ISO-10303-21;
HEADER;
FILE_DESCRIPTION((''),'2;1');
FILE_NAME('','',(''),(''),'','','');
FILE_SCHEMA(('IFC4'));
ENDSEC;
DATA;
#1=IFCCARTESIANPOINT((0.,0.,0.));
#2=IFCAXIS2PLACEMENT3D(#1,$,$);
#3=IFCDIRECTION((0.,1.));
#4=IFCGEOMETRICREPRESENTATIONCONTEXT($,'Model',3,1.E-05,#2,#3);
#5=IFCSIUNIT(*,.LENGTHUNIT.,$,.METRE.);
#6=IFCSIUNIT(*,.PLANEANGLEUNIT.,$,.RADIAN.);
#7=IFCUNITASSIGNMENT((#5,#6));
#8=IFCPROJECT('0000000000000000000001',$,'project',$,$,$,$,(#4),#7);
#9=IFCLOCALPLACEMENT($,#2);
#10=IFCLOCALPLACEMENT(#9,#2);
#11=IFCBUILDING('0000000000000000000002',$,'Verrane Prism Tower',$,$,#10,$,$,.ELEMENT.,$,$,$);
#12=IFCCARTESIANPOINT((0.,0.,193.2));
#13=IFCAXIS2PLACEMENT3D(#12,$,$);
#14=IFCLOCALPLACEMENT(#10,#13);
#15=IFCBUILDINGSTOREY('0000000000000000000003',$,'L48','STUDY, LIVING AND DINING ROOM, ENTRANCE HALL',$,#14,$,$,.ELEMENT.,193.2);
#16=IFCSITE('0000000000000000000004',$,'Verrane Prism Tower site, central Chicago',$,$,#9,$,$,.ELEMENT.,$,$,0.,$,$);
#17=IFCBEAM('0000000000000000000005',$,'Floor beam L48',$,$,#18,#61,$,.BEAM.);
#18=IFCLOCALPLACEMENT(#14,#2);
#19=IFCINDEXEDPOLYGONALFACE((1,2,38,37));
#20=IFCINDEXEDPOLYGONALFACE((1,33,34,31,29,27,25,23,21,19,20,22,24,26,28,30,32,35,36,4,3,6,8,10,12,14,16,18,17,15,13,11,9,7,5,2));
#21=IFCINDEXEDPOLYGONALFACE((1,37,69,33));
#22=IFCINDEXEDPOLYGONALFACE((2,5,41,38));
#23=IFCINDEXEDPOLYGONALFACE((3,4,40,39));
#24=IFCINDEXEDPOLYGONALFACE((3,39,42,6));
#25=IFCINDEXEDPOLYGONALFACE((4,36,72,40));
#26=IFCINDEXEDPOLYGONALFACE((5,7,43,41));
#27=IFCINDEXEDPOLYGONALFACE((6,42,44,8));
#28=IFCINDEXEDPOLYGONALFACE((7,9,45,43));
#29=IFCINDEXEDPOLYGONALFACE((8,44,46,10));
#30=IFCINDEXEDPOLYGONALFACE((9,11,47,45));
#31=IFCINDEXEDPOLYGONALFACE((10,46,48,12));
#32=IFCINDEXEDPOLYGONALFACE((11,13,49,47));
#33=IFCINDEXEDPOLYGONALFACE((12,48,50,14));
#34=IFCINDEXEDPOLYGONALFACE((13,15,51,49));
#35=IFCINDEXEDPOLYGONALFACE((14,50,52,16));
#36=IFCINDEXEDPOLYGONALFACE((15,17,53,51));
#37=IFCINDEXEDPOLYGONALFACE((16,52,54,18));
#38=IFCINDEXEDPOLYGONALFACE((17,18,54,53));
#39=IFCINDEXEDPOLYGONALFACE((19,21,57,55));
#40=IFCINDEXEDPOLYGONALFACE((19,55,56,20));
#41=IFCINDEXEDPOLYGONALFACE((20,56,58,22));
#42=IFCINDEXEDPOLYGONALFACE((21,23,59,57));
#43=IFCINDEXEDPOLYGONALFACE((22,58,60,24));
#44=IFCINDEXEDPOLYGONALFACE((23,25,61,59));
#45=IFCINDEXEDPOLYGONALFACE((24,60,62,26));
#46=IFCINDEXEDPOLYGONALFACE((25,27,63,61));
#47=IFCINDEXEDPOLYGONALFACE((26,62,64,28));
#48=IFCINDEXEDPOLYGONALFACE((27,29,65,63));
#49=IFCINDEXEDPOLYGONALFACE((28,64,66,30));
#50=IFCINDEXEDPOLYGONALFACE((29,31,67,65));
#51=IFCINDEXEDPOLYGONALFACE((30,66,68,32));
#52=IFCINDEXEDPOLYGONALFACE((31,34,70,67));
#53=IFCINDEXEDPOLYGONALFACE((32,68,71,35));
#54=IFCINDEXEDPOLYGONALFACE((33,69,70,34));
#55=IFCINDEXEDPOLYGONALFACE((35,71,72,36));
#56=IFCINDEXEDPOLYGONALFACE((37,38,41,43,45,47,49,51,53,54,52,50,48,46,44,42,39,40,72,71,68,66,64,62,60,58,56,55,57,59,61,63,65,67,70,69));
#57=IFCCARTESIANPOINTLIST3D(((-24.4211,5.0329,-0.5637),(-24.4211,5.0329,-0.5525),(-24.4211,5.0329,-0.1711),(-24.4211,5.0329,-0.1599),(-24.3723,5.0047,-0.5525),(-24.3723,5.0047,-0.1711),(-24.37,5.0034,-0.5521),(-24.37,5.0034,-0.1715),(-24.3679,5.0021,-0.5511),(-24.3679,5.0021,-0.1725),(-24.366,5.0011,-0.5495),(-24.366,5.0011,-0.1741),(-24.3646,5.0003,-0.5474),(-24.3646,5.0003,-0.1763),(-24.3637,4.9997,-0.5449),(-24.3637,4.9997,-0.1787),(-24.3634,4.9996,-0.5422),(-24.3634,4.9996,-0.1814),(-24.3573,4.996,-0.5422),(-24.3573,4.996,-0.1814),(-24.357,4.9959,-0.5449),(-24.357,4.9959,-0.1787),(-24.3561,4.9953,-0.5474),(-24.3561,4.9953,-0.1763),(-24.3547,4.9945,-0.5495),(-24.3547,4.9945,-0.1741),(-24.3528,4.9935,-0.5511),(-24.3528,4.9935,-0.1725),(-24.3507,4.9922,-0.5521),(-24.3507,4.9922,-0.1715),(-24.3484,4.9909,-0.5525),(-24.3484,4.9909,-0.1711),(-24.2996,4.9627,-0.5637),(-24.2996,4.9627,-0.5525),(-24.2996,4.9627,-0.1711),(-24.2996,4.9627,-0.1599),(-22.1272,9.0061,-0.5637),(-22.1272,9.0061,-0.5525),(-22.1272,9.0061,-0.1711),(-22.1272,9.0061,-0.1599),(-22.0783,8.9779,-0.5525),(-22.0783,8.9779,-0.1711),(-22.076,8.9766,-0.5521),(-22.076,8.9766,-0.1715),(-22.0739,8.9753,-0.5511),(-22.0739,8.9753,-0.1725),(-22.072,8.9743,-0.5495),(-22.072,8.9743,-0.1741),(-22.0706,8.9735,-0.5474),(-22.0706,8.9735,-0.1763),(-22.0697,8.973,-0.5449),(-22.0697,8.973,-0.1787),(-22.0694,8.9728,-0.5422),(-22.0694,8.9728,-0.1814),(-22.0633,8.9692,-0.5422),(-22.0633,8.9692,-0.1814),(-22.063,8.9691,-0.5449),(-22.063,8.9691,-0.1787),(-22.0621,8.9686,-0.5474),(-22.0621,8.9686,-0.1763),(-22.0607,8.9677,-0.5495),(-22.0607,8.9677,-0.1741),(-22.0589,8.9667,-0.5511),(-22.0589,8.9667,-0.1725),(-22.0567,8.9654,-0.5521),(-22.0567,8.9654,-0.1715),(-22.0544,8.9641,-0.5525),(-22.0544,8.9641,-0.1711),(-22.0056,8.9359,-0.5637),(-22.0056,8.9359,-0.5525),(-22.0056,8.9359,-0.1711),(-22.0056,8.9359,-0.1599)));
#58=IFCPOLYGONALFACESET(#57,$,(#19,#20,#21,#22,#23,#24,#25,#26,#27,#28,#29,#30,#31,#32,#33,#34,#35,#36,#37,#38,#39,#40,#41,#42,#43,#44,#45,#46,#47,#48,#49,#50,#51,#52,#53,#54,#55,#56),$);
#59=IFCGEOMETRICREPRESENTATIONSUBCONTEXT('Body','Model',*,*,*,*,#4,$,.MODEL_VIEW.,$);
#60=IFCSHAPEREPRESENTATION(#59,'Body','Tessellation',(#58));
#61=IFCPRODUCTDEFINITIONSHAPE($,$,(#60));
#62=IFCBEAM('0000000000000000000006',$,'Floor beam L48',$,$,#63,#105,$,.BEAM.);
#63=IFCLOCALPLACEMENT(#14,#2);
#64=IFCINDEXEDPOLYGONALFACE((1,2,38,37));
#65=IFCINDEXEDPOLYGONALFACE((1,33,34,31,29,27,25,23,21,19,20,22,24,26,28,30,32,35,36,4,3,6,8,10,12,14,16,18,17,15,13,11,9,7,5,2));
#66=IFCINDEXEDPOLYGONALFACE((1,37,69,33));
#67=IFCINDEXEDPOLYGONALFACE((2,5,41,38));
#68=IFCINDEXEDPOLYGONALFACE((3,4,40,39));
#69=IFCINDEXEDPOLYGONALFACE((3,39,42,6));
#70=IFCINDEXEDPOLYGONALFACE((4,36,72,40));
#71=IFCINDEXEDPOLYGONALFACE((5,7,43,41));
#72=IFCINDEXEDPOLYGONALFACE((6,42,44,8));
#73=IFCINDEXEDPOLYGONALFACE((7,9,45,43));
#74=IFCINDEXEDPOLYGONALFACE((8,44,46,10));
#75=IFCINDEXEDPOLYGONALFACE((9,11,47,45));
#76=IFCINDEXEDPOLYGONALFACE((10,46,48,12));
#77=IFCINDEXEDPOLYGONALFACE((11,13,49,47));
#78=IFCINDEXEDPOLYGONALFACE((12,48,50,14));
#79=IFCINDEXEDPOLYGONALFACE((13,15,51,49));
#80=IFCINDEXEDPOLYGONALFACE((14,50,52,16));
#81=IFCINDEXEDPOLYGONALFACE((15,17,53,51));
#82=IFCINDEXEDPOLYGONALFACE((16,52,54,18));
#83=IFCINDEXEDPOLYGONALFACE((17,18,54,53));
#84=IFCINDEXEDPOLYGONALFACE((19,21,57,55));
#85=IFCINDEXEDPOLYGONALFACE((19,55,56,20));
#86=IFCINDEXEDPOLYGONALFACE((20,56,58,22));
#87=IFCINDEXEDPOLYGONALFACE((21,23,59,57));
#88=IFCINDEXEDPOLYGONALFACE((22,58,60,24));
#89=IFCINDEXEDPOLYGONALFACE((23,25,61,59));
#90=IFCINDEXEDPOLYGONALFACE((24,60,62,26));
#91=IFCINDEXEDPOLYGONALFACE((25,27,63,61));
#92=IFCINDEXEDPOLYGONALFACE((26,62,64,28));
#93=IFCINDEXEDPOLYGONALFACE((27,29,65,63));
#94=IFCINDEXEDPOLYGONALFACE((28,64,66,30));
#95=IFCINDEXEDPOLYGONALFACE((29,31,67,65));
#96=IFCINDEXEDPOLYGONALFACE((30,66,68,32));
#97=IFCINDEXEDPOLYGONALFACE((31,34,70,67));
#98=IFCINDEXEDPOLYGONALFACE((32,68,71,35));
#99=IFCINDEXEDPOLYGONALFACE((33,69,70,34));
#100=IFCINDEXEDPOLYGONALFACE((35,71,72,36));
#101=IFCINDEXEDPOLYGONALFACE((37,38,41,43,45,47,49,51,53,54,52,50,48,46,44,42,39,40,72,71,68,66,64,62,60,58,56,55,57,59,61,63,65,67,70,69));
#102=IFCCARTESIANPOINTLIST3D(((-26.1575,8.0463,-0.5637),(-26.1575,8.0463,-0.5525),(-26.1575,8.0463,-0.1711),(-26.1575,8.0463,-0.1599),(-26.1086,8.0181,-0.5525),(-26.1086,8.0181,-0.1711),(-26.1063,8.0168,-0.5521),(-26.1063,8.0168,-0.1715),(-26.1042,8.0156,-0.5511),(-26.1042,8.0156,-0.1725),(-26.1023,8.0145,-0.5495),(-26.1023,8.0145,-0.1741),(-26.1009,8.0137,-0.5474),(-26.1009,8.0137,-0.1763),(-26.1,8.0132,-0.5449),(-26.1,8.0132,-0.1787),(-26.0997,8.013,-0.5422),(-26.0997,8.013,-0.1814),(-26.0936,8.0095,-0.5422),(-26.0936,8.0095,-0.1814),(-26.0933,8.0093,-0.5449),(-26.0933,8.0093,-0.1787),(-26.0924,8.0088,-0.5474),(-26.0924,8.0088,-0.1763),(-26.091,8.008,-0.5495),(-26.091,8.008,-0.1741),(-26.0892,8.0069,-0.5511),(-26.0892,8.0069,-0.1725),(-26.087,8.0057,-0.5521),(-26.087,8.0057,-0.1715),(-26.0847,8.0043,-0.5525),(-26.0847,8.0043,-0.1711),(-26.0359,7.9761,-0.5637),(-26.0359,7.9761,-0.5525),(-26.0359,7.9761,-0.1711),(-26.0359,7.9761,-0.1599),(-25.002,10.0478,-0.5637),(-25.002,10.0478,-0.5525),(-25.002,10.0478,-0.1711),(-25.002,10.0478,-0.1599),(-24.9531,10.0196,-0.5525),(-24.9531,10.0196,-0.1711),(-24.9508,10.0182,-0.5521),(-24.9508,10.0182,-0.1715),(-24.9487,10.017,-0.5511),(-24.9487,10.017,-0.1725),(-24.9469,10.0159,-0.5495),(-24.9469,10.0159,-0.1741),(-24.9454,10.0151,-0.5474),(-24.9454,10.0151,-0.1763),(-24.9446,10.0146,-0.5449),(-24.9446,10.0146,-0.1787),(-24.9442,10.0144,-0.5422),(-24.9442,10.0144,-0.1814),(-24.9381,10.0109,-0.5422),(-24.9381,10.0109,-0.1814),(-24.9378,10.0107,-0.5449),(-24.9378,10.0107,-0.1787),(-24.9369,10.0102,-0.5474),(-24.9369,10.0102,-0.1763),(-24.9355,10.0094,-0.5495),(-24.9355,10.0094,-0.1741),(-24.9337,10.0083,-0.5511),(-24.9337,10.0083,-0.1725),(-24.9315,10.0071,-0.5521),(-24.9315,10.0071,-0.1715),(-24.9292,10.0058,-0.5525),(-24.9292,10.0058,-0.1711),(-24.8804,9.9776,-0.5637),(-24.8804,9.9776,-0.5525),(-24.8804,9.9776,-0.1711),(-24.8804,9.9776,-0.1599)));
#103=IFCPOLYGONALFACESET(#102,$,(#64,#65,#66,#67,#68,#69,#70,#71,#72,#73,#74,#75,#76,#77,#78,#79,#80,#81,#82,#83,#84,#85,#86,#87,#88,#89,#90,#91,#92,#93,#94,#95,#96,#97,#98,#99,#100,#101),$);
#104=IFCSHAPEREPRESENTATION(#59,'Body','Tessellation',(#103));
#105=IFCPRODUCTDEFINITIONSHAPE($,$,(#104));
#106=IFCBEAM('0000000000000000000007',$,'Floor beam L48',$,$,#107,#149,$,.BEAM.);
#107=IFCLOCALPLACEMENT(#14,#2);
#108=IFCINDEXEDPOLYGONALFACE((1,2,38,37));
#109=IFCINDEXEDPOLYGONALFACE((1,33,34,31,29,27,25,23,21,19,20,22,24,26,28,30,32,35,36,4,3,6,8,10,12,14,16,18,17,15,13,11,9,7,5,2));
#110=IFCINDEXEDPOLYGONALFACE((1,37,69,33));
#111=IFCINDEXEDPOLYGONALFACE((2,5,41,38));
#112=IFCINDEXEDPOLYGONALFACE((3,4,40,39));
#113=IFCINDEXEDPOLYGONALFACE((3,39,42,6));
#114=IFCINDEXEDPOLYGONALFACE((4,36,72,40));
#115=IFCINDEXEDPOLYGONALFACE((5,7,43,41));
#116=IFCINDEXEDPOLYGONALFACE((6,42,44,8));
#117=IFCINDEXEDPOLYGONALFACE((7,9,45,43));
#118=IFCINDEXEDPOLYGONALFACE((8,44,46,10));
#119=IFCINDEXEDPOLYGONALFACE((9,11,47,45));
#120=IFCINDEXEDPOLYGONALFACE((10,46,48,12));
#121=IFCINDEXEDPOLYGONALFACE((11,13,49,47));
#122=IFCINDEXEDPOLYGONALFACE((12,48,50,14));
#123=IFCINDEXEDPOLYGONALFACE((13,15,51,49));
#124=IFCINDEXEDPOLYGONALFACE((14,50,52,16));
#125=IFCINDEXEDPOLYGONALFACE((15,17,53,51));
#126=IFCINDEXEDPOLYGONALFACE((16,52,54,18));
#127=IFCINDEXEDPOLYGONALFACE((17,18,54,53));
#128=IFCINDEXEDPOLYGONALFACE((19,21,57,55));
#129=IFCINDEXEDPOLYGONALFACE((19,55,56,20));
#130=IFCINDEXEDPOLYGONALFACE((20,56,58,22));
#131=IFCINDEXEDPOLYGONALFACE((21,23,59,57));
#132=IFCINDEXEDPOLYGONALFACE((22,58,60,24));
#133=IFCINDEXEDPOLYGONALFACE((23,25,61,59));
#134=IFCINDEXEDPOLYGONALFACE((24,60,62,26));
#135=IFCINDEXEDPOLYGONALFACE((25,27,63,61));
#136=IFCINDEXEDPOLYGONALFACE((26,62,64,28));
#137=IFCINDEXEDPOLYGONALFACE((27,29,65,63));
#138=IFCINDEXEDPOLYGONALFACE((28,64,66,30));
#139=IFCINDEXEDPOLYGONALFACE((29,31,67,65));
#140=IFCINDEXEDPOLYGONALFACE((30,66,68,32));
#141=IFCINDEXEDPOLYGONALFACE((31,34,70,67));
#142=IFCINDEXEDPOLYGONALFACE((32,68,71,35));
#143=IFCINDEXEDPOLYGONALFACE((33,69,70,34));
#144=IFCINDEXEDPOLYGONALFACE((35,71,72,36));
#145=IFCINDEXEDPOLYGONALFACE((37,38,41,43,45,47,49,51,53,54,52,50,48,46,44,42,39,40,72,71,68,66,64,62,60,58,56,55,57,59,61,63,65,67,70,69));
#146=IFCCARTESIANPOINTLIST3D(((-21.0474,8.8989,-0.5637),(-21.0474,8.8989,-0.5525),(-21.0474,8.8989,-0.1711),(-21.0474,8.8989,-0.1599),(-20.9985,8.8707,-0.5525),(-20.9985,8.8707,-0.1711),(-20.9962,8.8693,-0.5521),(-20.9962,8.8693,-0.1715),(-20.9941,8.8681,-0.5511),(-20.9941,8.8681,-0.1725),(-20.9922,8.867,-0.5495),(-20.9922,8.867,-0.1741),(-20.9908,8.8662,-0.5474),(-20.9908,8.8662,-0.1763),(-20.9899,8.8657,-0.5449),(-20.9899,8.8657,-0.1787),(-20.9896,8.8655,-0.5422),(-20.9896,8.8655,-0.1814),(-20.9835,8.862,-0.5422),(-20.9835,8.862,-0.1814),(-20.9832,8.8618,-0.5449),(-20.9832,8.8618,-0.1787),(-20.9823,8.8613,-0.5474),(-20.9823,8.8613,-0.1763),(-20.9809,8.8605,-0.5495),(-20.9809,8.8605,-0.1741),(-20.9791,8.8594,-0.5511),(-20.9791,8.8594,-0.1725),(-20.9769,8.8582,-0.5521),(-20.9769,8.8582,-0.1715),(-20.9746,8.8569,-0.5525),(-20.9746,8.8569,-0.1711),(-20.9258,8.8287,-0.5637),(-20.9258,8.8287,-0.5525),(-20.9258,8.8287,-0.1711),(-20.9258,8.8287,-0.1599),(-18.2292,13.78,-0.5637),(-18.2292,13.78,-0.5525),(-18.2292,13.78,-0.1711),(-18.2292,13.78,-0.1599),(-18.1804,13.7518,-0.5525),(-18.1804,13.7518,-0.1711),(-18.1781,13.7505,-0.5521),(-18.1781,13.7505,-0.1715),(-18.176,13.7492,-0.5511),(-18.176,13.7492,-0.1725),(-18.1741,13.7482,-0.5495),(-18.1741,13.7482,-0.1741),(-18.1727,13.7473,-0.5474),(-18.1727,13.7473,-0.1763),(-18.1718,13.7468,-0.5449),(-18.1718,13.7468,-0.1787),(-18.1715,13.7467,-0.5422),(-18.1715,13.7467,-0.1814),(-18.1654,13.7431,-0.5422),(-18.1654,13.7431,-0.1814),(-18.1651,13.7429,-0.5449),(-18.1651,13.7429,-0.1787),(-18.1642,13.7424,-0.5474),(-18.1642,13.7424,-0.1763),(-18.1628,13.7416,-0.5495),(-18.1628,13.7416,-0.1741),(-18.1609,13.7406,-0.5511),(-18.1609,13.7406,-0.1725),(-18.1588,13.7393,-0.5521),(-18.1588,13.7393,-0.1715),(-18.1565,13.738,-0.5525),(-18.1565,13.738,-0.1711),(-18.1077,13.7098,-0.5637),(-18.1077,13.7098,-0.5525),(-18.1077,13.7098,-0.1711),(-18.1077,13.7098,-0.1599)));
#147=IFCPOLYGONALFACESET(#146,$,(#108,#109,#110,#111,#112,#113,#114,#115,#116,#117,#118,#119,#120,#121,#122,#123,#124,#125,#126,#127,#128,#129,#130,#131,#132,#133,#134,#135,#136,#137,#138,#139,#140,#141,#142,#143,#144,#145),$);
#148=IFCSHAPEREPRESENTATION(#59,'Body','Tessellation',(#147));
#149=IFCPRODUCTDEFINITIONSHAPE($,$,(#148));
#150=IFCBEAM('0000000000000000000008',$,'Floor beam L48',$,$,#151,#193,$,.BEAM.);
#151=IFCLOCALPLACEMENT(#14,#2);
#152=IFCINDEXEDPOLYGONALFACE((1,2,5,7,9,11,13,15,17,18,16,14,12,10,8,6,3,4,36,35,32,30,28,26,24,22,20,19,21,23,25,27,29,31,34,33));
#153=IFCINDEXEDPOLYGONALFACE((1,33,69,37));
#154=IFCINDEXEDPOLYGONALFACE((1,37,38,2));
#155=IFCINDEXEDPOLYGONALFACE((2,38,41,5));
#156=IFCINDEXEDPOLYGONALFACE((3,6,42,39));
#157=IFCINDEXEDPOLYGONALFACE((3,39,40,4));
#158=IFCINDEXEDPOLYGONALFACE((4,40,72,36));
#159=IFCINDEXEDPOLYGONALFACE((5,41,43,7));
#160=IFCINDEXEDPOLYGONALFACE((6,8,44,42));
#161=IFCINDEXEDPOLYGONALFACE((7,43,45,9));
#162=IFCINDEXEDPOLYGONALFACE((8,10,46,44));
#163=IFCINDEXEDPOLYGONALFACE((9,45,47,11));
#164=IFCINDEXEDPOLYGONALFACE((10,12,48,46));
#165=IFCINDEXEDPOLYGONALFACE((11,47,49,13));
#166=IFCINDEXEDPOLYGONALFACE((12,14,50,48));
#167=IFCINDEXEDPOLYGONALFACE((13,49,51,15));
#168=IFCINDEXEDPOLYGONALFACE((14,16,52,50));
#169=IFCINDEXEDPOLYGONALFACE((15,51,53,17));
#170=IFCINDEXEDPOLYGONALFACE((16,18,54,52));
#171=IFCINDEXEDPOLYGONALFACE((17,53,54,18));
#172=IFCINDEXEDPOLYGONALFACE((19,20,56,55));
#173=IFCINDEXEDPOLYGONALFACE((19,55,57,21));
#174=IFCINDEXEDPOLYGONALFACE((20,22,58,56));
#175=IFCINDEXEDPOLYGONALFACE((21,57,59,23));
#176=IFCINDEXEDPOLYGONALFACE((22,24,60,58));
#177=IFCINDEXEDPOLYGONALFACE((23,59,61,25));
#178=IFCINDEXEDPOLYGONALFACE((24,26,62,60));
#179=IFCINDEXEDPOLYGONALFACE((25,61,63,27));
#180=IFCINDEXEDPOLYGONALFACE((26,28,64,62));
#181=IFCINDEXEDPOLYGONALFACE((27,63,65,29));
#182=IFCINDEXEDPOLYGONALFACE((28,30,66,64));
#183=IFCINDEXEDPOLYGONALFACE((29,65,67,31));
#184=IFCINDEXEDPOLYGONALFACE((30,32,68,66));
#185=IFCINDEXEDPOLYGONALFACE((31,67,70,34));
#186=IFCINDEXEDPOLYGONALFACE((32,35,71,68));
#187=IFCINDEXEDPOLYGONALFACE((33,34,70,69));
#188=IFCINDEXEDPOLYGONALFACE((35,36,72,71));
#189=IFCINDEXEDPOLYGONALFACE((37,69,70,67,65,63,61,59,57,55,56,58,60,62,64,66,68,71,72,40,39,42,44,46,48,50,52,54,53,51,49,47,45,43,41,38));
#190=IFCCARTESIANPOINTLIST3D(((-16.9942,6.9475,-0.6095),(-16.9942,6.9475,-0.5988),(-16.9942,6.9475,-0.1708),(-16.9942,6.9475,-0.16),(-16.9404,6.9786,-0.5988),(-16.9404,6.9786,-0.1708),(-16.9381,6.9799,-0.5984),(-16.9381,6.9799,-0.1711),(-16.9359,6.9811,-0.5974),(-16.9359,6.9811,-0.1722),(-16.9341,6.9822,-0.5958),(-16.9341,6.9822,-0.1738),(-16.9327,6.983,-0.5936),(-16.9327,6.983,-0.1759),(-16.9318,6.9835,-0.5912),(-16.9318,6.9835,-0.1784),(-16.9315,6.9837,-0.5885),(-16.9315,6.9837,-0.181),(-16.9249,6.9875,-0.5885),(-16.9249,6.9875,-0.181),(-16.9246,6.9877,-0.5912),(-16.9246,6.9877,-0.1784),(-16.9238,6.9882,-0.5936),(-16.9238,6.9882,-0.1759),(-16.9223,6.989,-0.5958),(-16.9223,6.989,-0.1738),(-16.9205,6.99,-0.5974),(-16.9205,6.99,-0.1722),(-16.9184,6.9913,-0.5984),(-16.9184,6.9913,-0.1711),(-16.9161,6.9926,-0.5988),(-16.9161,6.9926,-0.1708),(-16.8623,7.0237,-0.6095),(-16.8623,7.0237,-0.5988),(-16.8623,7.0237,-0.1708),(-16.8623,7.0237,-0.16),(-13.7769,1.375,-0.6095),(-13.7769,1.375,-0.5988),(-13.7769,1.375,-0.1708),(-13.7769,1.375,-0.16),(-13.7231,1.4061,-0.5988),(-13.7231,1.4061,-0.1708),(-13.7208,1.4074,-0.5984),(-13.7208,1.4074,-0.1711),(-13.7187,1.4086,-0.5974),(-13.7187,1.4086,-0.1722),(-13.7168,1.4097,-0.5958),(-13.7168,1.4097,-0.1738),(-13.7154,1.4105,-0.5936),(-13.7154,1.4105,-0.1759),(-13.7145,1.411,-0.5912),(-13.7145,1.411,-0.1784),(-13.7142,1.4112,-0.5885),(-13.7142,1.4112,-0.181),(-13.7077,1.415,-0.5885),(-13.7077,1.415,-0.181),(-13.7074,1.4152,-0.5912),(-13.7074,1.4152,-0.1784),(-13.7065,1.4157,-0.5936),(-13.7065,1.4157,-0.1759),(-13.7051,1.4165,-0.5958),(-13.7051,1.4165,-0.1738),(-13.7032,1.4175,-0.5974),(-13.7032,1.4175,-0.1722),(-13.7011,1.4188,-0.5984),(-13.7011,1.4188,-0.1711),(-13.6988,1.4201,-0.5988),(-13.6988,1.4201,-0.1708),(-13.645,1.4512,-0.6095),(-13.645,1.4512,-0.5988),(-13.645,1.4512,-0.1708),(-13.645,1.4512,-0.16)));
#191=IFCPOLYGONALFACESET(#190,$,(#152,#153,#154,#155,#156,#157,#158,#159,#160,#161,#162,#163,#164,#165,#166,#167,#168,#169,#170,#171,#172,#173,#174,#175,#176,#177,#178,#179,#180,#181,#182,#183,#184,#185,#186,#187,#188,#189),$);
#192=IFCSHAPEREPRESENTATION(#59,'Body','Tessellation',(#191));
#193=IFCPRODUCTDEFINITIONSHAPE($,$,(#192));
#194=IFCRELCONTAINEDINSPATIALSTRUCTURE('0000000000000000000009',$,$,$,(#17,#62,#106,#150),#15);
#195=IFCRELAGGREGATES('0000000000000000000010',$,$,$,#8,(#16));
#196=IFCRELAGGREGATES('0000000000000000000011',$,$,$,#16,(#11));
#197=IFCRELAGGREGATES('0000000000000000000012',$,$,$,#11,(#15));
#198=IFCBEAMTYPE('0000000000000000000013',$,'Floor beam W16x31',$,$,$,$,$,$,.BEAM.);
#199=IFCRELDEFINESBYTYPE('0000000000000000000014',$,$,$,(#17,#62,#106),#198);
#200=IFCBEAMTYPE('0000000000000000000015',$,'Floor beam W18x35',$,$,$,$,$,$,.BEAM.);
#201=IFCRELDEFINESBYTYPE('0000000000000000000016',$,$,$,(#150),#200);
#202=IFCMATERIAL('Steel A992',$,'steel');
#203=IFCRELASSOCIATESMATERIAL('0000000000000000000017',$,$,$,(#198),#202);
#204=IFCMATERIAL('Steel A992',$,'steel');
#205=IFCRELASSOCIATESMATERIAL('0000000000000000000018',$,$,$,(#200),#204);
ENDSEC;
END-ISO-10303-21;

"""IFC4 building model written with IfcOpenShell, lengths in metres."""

from ifc_helpers import new_model, si_unit, direction, frame, origin, origin_2d, place, context, subcontext, project, spatial, i_section, extrude, material, material_profile, profile_set, type_object, element, save


model = new_model("IFC4")

# Units and contexts
model_context = context("Model", 3, precision=1e-05, world=origin(), true_north=direction((0.0, 1.0)))
body_context = subcontext(model_context, "Body", "Model", "MODEL_VIEW")
ifc_project = project(units=[si_unit("LENGTHUNIT", "METRE"), si_unit("PLANEANGLEUNIT", "RADIAN")], contexts=[model_context])

# Site, building, storey
site_placement = place(None, origin())
site = spatial("IfcSite", under=ifc_project, at=site_placement, Name="Verrane Prism Tower site, central Chicago", CompositionType="ELEMENT", RefElevation=0.0)
building_placement = place(site_placement, origin())
building = spatial("IfcBuilding", under=site, at=building_placement, Name="Verrane Prism Tower", CompositionType="ELEMENT")
storey_placement = place(building_placement, frame((0.0, 0.0, 193.2)))
storey = spatial("IfcBuildingStorey", under=building, at=storey_placement, Name="L48", Description="STUDY, LIVING AND DINING ROOM, ENTRANCE HALL", CompositionType="ELEMENT", Elevation=193.2)

# Beams
ifc_material_1 = material(Name="Steel A992", Category="steel")
ifc_material_profile_1 = material_profile(ifc_material_1, i_section(OverallWidth=0.1404, OverallDepth=0.4038, WebThickness=0.0071, FlangeThickness=0.0112, FilletRadius=0.0103, at=origin_2d()), Name="W16x31")
ifc_profile_set_1 = profile_set([ifc_material_profile_1], Name="Steel A992")
beam_type_1 = type_object("IfcBeamType", Name="Floor beam W16x31", PredefinedType="BEAM", material=ifc_profile_set_1)
beam_1_placement = place(storey_placement, frame((-24.3604, 4.9978, -0.3618), z_axis=(0.500008, 0.866021, 0.0), x_axis=(-0.866021, 0.500008, 0.0)))
element("IfcBeam", 1, at=beam_1_placement, inside=storey, type_object=beam_type_1, Name="Floor beam L48", PredefinedType="BEAM", context=body_context, shape_type="SweptSolid", body=[
    extrude(i_section(OverallWidth=0.1404, OverallDepth=0.4038, WebThickness=0.0071, FlangeThickness=0.0112, FilletRadius=0.0103, at=origin_2d()), origin(), (0.0, 0.0, 1.0), 4.5879),
])
beam_2_placement = place(storey_placement, frame((-26.0967, 8.0112, -0.3618), z_axis=(0.499991, 0.866031, 0.0), x_axis=(-0.866031, 0.499991, 0.0)))
element("IfcBeam", 2, at=beam_2_placement, inside=storey, type_object=beam_type_1, Name="Floor beam L48", PredefinedType="BEAM", context=body_context, shape_type="SweptSolid", body=[
    extrude(i_section(OverallWidth=0.1404, OverallDepth=0.4038, WebThickness=0.0071, FlangeThickness=0.0112, FilletRadius=0.0103, at=origin_2d()), origin(), (0.0, 0.0, 1.0), 2.311),
])
beam_3_placement = place(storey_placement, frame((-20.9866, 8.8638, -0.3618), z_axis=(0.500001, 0.866025, 0.0), x_axis=(-0.866025, 0.500001, 0.0)))
element("IfcBeam", 3, at=beam_3_placement, inside=storey, type_object=beam_type_1, Name="Floor beam L48", PredefinedType="BEAM", context=body_context, shape_type="SweptSolid", body=[
    extrude(i_section(OverallWidth=0.1404, OverallDepth=0.4038, WebThickness=0.0071, FlangeThickness=0.0112, FilletRadius=0.0103, at=origin_2d()), origin(), (0.0, 0.0, 1.0), 5.6362),
])
ifc_material_2 = material(Name="Steel A992", Category="steel")
ifc_material_profile_2 = material_profile(ifc_material_2, i_section(OverallWidth=0.1523, OverallDepth=0.4495, WebThickness=0.0076, FlangeThickness=0.0107, FilletRadius=0.0103, at=origin_2d()), Name="W18x35")
ifc_profile_set_2 = profile_set([ifc_material_profile_2], Name="Steel A992")
beam_type_2 = type_object("IfcBeamType", Name="Floor beam W18x35", PredefinedType="BEAM", material=ifc_profile_set_2)
beam_4_placement = place(storey_placement, frame((-13.7109, 1.4131, -0.3848), z_axis=(-0.499999, 0.866026, 0.0), x_axis=(-0.866026, -0.499999, 0.0)))
element("IfcBeam", 4, at=beam_4_placement, inside=storey, type_object=beam_type_2, Name="Floor beam L48", PredefinedType="BEAM", context=body_context, shape_type="SweptSolid", body=[
    extrude(i_section(OverallWidth=0.1523, OverallDepth=0.4495, WebThickness=0.0076, FlangeThickness=0.0107, FilletRadius=0.0103, at=origin_2d()), origin(), (0.0, 0.0, 1.0), 6.4346),
])

save(model, "model.ifc")
